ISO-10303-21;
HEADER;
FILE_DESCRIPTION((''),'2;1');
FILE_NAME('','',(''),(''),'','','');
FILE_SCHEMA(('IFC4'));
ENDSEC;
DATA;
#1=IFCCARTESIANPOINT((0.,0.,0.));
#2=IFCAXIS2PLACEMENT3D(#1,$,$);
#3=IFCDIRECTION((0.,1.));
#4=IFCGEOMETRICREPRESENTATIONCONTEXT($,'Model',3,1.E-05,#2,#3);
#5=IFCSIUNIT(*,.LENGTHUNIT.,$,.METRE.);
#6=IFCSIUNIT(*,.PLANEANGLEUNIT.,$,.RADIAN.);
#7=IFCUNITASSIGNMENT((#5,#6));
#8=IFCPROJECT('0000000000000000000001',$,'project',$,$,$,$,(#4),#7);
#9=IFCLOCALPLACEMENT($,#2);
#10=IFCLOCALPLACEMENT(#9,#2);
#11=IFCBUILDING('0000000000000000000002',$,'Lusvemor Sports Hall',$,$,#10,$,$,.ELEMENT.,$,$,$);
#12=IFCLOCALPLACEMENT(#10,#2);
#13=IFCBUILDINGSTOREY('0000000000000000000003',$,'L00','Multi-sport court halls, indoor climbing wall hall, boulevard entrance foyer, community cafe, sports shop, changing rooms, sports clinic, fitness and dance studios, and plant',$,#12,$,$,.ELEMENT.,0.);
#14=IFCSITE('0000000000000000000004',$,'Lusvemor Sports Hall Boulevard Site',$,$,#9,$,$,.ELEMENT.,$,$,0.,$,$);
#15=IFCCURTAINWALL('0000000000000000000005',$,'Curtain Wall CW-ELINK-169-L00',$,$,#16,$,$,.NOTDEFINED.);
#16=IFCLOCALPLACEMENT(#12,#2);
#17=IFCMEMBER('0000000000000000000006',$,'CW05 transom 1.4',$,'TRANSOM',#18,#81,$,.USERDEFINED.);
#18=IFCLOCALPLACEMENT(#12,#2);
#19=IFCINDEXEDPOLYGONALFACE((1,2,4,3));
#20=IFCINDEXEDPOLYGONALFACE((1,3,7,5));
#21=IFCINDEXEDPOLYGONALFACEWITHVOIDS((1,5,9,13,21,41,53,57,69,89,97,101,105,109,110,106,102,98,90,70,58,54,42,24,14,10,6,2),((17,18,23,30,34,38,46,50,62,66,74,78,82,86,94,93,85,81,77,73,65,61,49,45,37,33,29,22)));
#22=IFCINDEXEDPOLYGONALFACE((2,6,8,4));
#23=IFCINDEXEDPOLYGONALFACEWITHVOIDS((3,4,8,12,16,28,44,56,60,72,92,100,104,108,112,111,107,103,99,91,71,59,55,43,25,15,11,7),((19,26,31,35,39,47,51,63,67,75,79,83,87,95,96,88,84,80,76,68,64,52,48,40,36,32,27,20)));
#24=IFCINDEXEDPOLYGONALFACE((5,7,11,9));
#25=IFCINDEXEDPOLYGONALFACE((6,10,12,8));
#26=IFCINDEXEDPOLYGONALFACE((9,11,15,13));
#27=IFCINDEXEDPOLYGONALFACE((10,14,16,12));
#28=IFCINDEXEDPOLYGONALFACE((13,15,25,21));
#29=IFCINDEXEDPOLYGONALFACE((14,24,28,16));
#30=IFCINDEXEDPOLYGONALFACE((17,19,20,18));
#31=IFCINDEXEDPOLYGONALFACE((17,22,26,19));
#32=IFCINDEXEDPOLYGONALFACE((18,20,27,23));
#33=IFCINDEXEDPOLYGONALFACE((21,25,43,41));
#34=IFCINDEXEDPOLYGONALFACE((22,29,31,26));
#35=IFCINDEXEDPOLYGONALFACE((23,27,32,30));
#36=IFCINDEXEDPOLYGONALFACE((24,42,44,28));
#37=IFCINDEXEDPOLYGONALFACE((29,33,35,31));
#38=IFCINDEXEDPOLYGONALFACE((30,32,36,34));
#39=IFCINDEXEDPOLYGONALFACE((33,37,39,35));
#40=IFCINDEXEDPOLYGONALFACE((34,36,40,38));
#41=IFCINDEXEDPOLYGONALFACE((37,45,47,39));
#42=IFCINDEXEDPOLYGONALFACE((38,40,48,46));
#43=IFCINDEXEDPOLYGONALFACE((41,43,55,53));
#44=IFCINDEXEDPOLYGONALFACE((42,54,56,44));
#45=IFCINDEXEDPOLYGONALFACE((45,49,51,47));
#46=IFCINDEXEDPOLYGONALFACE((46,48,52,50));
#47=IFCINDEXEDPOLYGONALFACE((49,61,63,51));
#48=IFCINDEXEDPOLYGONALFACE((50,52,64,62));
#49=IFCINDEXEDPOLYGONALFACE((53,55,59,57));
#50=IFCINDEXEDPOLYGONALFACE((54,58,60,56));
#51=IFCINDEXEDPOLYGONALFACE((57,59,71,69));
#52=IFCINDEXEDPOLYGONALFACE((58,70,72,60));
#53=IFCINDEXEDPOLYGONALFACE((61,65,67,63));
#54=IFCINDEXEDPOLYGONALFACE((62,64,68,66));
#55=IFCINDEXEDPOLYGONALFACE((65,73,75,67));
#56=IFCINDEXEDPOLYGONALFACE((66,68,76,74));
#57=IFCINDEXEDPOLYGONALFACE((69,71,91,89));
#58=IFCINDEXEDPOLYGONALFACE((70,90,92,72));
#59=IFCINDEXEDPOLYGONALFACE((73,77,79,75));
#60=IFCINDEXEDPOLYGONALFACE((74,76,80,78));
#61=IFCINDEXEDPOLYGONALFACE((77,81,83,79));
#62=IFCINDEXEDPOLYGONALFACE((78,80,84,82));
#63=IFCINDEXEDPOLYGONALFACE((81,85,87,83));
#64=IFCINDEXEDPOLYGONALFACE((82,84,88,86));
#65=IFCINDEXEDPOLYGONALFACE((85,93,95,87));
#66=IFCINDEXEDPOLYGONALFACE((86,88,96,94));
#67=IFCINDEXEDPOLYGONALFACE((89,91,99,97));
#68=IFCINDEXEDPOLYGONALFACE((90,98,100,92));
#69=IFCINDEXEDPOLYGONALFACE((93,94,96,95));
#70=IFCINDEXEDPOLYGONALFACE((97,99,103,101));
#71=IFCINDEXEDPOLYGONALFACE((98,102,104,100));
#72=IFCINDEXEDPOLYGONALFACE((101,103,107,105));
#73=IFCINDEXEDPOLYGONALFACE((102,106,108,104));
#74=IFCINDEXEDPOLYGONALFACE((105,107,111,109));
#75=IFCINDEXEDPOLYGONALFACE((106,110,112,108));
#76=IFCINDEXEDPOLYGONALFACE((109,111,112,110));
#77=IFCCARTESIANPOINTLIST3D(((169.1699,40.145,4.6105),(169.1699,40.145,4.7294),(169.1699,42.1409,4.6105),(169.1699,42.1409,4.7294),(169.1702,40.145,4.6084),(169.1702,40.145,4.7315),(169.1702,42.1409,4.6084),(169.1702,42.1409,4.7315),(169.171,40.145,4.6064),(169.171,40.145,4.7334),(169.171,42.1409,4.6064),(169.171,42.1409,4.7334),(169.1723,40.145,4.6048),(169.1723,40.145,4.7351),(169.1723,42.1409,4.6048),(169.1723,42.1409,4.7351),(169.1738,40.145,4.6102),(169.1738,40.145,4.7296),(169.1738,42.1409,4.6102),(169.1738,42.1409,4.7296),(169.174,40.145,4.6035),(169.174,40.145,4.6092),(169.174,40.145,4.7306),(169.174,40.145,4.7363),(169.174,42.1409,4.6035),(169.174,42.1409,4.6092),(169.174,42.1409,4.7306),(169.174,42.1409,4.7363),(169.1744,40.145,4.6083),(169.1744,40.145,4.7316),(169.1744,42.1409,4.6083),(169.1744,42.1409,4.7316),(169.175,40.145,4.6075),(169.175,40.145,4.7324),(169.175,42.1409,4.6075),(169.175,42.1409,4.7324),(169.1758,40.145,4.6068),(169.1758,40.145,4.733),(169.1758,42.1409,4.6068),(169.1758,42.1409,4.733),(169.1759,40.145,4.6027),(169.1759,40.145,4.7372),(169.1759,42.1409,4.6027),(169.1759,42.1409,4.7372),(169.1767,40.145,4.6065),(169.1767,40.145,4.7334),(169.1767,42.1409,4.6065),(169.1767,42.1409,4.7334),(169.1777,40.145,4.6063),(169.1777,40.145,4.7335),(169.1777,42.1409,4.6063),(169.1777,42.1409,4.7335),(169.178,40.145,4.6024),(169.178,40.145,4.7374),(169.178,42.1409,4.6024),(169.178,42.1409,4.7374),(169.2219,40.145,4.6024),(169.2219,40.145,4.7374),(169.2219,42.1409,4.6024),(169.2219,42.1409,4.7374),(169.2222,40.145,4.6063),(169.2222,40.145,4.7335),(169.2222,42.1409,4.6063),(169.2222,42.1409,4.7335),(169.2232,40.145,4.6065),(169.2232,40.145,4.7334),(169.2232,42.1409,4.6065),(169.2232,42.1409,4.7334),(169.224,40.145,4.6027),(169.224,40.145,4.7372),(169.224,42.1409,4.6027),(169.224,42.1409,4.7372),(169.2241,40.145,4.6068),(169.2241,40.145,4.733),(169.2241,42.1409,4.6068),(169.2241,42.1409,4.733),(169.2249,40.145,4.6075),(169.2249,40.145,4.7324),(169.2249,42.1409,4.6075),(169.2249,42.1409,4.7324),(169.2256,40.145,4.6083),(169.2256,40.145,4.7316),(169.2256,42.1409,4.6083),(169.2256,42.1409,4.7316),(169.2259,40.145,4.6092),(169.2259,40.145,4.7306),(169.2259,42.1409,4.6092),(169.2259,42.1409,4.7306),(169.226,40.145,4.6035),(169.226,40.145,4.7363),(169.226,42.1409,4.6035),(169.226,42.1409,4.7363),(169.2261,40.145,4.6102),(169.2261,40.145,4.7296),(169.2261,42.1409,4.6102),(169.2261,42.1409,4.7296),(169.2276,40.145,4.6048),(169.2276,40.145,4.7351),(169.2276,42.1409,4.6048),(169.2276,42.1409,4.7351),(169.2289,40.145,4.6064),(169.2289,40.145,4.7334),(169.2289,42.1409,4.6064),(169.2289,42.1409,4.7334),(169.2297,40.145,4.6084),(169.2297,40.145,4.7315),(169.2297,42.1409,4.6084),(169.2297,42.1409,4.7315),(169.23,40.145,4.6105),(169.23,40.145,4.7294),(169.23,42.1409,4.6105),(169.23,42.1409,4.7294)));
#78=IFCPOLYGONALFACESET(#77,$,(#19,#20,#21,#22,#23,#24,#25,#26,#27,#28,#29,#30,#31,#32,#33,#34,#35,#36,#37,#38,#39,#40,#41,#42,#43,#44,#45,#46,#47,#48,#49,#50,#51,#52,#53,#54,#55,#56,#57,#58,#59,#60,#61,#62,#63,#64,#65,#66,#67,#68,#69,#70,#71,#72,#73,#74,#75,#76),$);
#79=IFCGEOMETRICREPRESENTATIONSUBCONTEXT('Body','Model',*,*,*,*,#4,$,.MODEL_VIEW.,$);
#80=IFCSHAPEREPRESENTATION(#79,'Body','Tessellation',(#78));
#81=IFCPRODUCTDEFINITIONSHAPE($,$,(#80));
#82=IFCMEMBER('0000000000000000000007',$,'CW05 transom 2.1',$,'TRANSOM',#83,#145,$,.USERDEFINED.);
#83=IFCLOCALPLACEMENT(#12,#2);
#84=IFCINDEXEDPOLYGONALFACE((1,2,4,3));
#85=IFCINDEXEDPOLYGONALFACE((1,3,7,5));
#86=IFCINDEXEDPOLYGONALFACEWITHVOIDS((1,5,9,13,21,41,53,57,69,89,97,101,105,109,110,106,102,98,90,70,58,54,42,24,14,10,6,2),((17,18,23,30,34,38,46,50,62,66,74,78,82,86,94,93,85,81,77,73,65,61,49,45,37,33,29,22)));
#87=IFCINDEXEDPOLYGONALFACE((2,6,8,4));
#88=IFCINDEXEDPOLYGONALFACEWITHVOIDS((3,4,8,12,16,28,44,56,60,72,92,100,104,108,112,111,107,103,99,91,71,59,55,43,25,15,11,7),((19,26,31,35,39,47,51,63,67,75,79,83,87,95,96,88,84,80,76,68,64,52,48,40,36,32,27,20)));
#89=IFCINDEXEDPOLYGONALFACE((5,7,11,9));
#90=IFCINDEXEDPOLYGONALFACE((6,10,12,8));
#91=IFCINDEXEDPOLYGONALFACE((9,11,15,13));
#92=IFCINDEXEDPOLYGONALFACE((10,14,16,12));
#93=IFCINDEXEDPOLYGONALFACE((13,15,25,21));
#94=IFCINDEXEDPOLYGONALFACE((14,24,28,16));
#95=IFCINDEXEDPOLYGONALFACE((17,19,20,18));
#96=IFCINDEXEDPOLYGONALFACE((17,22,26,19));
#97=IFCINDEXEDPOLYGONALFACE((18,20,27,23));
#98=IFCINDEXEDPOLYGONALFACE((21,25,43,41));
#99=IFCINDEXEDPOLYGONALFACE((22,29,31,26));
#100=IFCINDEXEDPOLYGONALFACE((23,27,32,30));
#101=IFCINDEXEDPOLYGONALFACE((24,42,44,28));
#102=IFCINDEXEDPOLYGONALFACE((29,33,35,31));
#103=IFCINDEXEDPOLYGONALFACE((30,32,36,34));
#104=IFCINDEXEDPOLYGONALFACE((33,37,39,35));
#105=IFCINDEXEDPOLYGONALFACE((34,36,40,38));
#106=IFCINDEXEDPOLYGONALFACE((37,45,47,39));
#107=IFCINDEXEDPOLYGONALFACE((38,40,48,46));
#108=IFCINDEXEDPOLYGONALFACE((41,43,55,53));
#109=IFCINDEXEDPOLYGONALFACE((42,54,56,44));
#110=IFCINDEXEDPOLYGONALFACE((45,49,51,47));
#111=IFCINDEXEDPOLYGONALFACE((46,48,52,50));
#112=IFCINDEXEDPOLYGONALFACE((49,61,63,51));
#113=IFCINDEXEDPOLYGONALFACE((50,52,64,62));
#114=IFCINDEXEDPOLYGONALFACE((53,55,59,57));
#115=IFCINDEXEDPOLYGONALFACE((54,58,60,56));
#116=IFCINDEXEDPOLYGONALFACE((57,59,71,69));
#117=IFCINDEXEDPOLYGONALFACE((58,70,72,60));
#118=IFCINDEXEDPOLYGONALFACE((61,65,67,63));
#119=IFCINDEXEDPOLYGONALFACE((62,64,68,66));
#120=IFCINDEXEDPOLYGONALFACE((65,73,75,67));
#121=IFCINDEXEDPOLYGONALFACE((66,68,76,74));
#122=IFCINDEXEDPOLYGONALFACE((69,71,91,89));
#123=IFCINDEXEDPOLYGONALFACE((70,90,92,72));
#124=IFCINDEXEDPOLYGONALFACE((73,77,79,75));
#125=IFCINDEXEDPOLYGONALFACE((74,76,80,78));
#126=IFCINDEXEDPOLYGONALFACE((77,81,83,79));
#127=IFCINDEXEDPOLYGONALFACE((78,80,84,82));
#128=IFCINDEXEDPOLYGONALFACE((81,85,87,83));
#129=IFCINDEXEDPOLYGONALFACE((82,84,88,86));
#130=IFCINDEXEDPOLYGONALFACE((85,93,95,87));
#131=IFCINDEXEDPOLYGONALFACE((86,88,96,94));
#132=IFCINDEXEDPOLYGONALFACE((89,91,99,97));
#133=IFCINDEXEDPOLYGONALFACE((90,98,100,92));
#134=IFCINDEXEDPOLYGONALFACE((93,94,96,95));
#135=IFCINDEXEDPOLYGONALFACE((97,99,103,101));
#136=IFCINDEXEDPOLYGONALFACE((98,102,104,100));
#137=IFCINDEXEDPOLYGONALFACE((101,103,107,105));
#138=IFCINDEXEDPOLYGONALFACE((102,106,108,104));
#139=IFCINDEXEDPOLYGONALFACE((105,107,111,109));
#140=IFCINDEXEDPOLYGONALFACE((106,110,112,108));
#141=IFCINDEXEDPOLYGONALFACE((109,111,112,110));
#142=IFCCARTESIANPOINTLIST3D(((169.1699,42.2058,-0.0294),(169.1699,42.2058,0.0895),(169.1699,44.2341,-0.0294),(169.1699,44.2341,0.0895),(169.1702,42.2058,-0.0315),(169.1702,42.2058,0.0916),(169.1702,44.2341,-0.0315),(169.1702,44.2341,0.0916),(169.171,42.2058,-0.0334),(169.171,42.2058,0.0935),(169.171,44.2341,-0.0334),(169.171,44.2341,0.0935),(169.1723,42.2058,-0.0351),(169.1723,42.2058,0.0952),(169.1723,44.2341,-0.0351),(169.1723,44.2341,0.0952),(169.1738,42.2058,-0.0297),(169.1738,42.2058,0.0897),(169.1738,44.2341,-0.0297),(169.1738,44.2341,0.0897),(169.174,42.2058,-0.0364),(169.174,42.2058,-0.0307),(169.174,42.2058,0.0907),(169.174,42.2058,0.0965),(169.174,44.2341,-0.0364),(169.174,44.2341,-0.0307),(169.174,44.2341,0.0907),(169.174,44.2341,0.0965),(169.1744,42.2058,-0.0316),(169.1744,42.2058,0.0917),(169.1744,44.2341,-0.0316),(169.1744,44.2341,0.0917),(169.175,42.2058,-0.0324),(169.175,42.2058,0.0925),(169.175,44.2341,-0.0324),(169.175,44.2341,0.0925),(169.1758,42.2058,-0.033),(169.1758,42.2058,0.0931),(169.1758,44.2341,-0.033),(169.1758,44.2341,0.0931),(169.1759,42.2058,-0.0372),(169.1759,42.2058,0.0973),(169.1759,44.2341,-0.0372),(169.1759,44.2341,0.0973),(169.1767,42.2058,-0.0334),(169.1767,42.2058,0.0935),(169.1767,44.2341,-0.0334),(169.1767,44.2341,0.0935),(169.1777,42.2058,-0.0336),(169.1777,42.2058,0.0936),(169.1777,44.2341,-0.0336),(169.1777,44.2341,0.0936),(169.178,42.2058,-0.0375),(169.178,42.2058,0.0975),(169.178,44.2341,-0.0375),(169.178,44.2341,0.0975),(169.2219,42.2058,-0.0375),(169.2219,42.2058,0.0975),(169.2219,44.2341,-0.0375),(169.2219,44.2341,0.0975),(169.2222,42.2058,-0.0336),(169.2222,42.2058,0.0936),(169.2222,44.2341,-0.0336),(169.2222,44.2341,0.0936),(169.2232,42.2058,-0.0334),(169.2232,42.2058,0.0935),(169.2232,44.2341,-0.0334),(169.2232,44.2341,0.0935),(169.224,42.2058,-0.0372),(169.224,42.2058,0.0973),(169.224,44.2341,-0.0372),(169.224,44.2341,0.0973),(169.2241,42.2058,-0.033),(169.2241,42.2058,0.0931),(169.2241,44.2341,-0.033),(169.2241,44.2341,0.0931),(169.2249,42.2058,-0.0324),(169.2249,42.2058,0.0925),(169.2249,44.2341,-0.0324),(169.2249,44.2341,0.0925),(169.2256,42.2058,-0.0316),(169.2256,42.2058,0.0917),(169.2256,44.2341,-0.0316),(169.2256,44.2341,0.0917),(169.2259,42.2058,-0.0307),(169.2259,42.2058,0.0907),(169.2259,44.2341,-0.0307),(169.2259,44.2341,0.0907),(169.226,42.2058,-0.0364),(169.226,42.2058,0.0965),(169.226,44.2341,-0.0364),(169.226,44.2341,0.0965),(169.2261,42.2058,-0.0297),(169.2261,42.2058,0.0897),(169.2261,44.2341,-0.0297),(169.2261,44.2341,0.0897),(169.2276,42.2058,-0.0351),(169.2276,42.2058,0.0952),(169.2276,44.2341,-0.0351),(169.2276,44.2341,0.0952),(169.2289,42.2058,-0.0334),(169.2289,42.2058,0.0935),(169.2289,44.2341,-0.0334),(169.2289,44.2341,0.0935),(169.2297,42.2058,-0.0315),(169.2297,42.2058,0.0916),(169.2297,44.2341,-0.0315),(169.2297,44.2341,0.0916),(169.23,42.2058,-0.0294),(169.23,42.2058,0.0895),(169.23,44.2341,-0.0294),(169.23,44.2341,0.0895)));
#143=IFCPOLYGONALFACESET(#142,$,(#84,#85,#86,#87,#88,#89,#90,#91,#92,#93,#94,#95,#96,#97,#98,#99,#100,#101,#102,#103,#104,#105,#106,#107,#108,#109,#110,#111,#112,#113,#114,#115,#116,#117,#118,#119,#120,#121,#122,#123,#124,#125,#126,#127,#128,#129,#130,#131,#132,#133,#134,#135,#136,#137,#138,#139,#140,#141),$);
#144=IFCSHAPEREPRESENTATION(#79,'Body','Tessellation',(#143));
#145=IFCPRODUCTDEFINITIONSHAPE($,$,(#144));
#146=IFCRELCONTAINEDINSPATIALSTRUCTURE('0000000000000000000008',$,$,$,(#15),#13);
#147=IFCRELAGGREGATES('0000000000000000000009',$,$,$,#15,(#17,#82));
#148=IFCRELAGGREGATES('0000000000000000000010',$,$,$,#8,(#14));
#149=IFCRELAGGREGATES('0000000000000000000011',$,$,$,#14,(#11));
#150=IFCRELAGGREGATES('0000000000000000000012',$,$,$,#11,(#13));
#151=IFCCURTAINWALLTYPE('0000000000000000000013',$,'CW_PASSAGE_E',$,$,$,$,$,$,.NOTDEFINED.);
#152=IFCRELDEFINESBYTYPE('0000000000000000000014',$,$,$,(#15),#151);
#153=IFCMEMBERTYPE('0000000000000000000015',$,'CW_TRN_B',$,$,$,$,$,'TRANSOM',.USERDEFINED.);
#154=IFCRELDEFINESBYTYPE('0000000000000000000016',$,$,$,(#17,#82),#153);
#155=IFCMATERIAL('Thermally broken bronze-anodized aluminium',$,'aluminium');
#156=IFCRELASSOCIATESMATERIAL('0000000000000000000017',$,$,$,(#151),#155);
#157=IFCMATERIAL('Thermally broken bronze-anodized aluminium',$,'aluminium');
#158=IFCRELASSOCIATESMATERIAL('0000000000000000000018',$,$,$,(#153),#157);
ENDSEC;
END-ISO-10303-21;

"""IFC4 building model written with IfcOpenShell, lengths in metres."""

from ifc_helpers import new_model, si_unit, direction, frame, origin, origin_2d, place, context, subcontext, project, spatial, hollow_rectangle, extrude, material, material_profile, profile_set, type_object, element, aggregate, save


model = new_model("IFC4")

# Units and contexts
model_context = context("Model", 3, precision=1e-05, world=origin(), true_north=direction((0.0, 1.0)))
body_context = subcontext(model_context, "Body", "Model", "MODEL_VIEW")
ifc_project = project(units=[si_unit("LENGTHUNIT", "METRE"), si_unit("PLANEANGLEUNIT", "RADIAN")], contexts=[model_context])

# Site, building, storey
site_placement = place(None, origin())
site = spatial("IfcSite", under=ifc_project, at=site_placement, Name="Lusvemor Sports Hall Boulevard Site", CompositionType="ELEMENT", RefElevation=0.0)
building_placement = place(site_placement, origin())
building = spatial("IfcBuilding", under=site, at=building_placement, Name="Lusvemor Sports Hall", CompositionType="ELEMENT")
storey_placement = place(building_placement, origin())
storey = spatial("IfcBuildingStorey", under=building, at=storey_placement, Name="L00", Description="Multi-sport court halls, indoor climbing wall hall, boulevard entrance foyer, community cafe, sports shop, changing rooms, sports clinic, fitness and dance studios, and plant", CompositionType="ELEMENT", Elevation=0.0)

# Curtain wall, members
ifc_material_1 = material(Name="Thermally broken bronze-anodized aluminium", Category="aluminium")
curtain_wall_type = type_object("IfcCurtainWallType", Name="CW_PASSAGE_E", PredefinedType="NOTDEFINED", material=ifc_material_1)
curtain_wall_placement = place(storey_placement, origin())
curtain_wall = element("IfcCurtainWall", 1, at=curtain_wall_placement, inside=storey, type_object=curtain_wall_type, Name="Curtain Wall CW-ELINK-169-L00", PredefinedType="NOTDEFINED")
ifc_material_2 = material(Name="Thermally broken bronze-anodized aluminium", Category="aluminium")
ifc_material_profile_1 = material_profile(ifc_material_2, hollow_rectangle(XDim=0.0601, YDim=0.135, WallThickness=0.0039, InnerFilletRadius=0.0039, OuterFilletRadius=0.0081, at=origin_2d()), Name="CWTRN135x60x4")
ifc_profile_set_1 = profile_set([ifc_material_profile_1], Name="Thermally broken bronze-anodized aluminium")
member_type_1 = type_object("IfcMemberType", Name="CW_TRN_B", ElementType="TRANSOM", PredefinedType="USERDEFINED", material=ifc_profile_set_1)
member_1_placement = place(storey_placement, frame((169.2, 40.145, 4.6699), z_axis=(0.0, 1.0, 0.0), x_axis=(-1.0, 0.0, 0.0)))
member_1 = element("IfcMember", 2, at=member_1_placement, type_object=member_type_1, Name="CW05 transom 1.4", ObjectType="TRANSOM", PredefinedType="USERDEFINED", context=body_context, shape_type="SweptSolid", body=[
    extrude(hollow_rectangle(XDim=0.0601, YDim=0.135, WallThickness=0.0039, InnerFilletRadius=0.0039, OuterFilletRadius=0.0081, at=origin_2d()), origin(), (0.0, 0.0, 1.0), 1.9958),
])
member_2_placement = place(storey_placement, frame((169.2, 42.2058, 0.03), z_axis=(0.0, 1.0, 0.0), x_axis=(-1.0, 0.0, 0.0)))
member_2 = element("IfcMember", 3, at=member_2_placement, type_object=member_type_1, Name="CW05 transom 2.1", ObjectType="TRANSOM", PredefinedType="USERDEFINED", context=body_context, shape_type="SweptSolid", body=[
    extrude(hollow_rectangle(XDim=0.0601, YDim=0.135, WallThickness=0.0039, InnerFilletRadius=0.0039, OuterFilletRadius=0.0081, at=origin_2d()), origin(), (0.0, 0.0, 1.0), 2.0283),
])
aggregate(curtain_wall, [member_1, member_2])

save(model, "model.ifc")
